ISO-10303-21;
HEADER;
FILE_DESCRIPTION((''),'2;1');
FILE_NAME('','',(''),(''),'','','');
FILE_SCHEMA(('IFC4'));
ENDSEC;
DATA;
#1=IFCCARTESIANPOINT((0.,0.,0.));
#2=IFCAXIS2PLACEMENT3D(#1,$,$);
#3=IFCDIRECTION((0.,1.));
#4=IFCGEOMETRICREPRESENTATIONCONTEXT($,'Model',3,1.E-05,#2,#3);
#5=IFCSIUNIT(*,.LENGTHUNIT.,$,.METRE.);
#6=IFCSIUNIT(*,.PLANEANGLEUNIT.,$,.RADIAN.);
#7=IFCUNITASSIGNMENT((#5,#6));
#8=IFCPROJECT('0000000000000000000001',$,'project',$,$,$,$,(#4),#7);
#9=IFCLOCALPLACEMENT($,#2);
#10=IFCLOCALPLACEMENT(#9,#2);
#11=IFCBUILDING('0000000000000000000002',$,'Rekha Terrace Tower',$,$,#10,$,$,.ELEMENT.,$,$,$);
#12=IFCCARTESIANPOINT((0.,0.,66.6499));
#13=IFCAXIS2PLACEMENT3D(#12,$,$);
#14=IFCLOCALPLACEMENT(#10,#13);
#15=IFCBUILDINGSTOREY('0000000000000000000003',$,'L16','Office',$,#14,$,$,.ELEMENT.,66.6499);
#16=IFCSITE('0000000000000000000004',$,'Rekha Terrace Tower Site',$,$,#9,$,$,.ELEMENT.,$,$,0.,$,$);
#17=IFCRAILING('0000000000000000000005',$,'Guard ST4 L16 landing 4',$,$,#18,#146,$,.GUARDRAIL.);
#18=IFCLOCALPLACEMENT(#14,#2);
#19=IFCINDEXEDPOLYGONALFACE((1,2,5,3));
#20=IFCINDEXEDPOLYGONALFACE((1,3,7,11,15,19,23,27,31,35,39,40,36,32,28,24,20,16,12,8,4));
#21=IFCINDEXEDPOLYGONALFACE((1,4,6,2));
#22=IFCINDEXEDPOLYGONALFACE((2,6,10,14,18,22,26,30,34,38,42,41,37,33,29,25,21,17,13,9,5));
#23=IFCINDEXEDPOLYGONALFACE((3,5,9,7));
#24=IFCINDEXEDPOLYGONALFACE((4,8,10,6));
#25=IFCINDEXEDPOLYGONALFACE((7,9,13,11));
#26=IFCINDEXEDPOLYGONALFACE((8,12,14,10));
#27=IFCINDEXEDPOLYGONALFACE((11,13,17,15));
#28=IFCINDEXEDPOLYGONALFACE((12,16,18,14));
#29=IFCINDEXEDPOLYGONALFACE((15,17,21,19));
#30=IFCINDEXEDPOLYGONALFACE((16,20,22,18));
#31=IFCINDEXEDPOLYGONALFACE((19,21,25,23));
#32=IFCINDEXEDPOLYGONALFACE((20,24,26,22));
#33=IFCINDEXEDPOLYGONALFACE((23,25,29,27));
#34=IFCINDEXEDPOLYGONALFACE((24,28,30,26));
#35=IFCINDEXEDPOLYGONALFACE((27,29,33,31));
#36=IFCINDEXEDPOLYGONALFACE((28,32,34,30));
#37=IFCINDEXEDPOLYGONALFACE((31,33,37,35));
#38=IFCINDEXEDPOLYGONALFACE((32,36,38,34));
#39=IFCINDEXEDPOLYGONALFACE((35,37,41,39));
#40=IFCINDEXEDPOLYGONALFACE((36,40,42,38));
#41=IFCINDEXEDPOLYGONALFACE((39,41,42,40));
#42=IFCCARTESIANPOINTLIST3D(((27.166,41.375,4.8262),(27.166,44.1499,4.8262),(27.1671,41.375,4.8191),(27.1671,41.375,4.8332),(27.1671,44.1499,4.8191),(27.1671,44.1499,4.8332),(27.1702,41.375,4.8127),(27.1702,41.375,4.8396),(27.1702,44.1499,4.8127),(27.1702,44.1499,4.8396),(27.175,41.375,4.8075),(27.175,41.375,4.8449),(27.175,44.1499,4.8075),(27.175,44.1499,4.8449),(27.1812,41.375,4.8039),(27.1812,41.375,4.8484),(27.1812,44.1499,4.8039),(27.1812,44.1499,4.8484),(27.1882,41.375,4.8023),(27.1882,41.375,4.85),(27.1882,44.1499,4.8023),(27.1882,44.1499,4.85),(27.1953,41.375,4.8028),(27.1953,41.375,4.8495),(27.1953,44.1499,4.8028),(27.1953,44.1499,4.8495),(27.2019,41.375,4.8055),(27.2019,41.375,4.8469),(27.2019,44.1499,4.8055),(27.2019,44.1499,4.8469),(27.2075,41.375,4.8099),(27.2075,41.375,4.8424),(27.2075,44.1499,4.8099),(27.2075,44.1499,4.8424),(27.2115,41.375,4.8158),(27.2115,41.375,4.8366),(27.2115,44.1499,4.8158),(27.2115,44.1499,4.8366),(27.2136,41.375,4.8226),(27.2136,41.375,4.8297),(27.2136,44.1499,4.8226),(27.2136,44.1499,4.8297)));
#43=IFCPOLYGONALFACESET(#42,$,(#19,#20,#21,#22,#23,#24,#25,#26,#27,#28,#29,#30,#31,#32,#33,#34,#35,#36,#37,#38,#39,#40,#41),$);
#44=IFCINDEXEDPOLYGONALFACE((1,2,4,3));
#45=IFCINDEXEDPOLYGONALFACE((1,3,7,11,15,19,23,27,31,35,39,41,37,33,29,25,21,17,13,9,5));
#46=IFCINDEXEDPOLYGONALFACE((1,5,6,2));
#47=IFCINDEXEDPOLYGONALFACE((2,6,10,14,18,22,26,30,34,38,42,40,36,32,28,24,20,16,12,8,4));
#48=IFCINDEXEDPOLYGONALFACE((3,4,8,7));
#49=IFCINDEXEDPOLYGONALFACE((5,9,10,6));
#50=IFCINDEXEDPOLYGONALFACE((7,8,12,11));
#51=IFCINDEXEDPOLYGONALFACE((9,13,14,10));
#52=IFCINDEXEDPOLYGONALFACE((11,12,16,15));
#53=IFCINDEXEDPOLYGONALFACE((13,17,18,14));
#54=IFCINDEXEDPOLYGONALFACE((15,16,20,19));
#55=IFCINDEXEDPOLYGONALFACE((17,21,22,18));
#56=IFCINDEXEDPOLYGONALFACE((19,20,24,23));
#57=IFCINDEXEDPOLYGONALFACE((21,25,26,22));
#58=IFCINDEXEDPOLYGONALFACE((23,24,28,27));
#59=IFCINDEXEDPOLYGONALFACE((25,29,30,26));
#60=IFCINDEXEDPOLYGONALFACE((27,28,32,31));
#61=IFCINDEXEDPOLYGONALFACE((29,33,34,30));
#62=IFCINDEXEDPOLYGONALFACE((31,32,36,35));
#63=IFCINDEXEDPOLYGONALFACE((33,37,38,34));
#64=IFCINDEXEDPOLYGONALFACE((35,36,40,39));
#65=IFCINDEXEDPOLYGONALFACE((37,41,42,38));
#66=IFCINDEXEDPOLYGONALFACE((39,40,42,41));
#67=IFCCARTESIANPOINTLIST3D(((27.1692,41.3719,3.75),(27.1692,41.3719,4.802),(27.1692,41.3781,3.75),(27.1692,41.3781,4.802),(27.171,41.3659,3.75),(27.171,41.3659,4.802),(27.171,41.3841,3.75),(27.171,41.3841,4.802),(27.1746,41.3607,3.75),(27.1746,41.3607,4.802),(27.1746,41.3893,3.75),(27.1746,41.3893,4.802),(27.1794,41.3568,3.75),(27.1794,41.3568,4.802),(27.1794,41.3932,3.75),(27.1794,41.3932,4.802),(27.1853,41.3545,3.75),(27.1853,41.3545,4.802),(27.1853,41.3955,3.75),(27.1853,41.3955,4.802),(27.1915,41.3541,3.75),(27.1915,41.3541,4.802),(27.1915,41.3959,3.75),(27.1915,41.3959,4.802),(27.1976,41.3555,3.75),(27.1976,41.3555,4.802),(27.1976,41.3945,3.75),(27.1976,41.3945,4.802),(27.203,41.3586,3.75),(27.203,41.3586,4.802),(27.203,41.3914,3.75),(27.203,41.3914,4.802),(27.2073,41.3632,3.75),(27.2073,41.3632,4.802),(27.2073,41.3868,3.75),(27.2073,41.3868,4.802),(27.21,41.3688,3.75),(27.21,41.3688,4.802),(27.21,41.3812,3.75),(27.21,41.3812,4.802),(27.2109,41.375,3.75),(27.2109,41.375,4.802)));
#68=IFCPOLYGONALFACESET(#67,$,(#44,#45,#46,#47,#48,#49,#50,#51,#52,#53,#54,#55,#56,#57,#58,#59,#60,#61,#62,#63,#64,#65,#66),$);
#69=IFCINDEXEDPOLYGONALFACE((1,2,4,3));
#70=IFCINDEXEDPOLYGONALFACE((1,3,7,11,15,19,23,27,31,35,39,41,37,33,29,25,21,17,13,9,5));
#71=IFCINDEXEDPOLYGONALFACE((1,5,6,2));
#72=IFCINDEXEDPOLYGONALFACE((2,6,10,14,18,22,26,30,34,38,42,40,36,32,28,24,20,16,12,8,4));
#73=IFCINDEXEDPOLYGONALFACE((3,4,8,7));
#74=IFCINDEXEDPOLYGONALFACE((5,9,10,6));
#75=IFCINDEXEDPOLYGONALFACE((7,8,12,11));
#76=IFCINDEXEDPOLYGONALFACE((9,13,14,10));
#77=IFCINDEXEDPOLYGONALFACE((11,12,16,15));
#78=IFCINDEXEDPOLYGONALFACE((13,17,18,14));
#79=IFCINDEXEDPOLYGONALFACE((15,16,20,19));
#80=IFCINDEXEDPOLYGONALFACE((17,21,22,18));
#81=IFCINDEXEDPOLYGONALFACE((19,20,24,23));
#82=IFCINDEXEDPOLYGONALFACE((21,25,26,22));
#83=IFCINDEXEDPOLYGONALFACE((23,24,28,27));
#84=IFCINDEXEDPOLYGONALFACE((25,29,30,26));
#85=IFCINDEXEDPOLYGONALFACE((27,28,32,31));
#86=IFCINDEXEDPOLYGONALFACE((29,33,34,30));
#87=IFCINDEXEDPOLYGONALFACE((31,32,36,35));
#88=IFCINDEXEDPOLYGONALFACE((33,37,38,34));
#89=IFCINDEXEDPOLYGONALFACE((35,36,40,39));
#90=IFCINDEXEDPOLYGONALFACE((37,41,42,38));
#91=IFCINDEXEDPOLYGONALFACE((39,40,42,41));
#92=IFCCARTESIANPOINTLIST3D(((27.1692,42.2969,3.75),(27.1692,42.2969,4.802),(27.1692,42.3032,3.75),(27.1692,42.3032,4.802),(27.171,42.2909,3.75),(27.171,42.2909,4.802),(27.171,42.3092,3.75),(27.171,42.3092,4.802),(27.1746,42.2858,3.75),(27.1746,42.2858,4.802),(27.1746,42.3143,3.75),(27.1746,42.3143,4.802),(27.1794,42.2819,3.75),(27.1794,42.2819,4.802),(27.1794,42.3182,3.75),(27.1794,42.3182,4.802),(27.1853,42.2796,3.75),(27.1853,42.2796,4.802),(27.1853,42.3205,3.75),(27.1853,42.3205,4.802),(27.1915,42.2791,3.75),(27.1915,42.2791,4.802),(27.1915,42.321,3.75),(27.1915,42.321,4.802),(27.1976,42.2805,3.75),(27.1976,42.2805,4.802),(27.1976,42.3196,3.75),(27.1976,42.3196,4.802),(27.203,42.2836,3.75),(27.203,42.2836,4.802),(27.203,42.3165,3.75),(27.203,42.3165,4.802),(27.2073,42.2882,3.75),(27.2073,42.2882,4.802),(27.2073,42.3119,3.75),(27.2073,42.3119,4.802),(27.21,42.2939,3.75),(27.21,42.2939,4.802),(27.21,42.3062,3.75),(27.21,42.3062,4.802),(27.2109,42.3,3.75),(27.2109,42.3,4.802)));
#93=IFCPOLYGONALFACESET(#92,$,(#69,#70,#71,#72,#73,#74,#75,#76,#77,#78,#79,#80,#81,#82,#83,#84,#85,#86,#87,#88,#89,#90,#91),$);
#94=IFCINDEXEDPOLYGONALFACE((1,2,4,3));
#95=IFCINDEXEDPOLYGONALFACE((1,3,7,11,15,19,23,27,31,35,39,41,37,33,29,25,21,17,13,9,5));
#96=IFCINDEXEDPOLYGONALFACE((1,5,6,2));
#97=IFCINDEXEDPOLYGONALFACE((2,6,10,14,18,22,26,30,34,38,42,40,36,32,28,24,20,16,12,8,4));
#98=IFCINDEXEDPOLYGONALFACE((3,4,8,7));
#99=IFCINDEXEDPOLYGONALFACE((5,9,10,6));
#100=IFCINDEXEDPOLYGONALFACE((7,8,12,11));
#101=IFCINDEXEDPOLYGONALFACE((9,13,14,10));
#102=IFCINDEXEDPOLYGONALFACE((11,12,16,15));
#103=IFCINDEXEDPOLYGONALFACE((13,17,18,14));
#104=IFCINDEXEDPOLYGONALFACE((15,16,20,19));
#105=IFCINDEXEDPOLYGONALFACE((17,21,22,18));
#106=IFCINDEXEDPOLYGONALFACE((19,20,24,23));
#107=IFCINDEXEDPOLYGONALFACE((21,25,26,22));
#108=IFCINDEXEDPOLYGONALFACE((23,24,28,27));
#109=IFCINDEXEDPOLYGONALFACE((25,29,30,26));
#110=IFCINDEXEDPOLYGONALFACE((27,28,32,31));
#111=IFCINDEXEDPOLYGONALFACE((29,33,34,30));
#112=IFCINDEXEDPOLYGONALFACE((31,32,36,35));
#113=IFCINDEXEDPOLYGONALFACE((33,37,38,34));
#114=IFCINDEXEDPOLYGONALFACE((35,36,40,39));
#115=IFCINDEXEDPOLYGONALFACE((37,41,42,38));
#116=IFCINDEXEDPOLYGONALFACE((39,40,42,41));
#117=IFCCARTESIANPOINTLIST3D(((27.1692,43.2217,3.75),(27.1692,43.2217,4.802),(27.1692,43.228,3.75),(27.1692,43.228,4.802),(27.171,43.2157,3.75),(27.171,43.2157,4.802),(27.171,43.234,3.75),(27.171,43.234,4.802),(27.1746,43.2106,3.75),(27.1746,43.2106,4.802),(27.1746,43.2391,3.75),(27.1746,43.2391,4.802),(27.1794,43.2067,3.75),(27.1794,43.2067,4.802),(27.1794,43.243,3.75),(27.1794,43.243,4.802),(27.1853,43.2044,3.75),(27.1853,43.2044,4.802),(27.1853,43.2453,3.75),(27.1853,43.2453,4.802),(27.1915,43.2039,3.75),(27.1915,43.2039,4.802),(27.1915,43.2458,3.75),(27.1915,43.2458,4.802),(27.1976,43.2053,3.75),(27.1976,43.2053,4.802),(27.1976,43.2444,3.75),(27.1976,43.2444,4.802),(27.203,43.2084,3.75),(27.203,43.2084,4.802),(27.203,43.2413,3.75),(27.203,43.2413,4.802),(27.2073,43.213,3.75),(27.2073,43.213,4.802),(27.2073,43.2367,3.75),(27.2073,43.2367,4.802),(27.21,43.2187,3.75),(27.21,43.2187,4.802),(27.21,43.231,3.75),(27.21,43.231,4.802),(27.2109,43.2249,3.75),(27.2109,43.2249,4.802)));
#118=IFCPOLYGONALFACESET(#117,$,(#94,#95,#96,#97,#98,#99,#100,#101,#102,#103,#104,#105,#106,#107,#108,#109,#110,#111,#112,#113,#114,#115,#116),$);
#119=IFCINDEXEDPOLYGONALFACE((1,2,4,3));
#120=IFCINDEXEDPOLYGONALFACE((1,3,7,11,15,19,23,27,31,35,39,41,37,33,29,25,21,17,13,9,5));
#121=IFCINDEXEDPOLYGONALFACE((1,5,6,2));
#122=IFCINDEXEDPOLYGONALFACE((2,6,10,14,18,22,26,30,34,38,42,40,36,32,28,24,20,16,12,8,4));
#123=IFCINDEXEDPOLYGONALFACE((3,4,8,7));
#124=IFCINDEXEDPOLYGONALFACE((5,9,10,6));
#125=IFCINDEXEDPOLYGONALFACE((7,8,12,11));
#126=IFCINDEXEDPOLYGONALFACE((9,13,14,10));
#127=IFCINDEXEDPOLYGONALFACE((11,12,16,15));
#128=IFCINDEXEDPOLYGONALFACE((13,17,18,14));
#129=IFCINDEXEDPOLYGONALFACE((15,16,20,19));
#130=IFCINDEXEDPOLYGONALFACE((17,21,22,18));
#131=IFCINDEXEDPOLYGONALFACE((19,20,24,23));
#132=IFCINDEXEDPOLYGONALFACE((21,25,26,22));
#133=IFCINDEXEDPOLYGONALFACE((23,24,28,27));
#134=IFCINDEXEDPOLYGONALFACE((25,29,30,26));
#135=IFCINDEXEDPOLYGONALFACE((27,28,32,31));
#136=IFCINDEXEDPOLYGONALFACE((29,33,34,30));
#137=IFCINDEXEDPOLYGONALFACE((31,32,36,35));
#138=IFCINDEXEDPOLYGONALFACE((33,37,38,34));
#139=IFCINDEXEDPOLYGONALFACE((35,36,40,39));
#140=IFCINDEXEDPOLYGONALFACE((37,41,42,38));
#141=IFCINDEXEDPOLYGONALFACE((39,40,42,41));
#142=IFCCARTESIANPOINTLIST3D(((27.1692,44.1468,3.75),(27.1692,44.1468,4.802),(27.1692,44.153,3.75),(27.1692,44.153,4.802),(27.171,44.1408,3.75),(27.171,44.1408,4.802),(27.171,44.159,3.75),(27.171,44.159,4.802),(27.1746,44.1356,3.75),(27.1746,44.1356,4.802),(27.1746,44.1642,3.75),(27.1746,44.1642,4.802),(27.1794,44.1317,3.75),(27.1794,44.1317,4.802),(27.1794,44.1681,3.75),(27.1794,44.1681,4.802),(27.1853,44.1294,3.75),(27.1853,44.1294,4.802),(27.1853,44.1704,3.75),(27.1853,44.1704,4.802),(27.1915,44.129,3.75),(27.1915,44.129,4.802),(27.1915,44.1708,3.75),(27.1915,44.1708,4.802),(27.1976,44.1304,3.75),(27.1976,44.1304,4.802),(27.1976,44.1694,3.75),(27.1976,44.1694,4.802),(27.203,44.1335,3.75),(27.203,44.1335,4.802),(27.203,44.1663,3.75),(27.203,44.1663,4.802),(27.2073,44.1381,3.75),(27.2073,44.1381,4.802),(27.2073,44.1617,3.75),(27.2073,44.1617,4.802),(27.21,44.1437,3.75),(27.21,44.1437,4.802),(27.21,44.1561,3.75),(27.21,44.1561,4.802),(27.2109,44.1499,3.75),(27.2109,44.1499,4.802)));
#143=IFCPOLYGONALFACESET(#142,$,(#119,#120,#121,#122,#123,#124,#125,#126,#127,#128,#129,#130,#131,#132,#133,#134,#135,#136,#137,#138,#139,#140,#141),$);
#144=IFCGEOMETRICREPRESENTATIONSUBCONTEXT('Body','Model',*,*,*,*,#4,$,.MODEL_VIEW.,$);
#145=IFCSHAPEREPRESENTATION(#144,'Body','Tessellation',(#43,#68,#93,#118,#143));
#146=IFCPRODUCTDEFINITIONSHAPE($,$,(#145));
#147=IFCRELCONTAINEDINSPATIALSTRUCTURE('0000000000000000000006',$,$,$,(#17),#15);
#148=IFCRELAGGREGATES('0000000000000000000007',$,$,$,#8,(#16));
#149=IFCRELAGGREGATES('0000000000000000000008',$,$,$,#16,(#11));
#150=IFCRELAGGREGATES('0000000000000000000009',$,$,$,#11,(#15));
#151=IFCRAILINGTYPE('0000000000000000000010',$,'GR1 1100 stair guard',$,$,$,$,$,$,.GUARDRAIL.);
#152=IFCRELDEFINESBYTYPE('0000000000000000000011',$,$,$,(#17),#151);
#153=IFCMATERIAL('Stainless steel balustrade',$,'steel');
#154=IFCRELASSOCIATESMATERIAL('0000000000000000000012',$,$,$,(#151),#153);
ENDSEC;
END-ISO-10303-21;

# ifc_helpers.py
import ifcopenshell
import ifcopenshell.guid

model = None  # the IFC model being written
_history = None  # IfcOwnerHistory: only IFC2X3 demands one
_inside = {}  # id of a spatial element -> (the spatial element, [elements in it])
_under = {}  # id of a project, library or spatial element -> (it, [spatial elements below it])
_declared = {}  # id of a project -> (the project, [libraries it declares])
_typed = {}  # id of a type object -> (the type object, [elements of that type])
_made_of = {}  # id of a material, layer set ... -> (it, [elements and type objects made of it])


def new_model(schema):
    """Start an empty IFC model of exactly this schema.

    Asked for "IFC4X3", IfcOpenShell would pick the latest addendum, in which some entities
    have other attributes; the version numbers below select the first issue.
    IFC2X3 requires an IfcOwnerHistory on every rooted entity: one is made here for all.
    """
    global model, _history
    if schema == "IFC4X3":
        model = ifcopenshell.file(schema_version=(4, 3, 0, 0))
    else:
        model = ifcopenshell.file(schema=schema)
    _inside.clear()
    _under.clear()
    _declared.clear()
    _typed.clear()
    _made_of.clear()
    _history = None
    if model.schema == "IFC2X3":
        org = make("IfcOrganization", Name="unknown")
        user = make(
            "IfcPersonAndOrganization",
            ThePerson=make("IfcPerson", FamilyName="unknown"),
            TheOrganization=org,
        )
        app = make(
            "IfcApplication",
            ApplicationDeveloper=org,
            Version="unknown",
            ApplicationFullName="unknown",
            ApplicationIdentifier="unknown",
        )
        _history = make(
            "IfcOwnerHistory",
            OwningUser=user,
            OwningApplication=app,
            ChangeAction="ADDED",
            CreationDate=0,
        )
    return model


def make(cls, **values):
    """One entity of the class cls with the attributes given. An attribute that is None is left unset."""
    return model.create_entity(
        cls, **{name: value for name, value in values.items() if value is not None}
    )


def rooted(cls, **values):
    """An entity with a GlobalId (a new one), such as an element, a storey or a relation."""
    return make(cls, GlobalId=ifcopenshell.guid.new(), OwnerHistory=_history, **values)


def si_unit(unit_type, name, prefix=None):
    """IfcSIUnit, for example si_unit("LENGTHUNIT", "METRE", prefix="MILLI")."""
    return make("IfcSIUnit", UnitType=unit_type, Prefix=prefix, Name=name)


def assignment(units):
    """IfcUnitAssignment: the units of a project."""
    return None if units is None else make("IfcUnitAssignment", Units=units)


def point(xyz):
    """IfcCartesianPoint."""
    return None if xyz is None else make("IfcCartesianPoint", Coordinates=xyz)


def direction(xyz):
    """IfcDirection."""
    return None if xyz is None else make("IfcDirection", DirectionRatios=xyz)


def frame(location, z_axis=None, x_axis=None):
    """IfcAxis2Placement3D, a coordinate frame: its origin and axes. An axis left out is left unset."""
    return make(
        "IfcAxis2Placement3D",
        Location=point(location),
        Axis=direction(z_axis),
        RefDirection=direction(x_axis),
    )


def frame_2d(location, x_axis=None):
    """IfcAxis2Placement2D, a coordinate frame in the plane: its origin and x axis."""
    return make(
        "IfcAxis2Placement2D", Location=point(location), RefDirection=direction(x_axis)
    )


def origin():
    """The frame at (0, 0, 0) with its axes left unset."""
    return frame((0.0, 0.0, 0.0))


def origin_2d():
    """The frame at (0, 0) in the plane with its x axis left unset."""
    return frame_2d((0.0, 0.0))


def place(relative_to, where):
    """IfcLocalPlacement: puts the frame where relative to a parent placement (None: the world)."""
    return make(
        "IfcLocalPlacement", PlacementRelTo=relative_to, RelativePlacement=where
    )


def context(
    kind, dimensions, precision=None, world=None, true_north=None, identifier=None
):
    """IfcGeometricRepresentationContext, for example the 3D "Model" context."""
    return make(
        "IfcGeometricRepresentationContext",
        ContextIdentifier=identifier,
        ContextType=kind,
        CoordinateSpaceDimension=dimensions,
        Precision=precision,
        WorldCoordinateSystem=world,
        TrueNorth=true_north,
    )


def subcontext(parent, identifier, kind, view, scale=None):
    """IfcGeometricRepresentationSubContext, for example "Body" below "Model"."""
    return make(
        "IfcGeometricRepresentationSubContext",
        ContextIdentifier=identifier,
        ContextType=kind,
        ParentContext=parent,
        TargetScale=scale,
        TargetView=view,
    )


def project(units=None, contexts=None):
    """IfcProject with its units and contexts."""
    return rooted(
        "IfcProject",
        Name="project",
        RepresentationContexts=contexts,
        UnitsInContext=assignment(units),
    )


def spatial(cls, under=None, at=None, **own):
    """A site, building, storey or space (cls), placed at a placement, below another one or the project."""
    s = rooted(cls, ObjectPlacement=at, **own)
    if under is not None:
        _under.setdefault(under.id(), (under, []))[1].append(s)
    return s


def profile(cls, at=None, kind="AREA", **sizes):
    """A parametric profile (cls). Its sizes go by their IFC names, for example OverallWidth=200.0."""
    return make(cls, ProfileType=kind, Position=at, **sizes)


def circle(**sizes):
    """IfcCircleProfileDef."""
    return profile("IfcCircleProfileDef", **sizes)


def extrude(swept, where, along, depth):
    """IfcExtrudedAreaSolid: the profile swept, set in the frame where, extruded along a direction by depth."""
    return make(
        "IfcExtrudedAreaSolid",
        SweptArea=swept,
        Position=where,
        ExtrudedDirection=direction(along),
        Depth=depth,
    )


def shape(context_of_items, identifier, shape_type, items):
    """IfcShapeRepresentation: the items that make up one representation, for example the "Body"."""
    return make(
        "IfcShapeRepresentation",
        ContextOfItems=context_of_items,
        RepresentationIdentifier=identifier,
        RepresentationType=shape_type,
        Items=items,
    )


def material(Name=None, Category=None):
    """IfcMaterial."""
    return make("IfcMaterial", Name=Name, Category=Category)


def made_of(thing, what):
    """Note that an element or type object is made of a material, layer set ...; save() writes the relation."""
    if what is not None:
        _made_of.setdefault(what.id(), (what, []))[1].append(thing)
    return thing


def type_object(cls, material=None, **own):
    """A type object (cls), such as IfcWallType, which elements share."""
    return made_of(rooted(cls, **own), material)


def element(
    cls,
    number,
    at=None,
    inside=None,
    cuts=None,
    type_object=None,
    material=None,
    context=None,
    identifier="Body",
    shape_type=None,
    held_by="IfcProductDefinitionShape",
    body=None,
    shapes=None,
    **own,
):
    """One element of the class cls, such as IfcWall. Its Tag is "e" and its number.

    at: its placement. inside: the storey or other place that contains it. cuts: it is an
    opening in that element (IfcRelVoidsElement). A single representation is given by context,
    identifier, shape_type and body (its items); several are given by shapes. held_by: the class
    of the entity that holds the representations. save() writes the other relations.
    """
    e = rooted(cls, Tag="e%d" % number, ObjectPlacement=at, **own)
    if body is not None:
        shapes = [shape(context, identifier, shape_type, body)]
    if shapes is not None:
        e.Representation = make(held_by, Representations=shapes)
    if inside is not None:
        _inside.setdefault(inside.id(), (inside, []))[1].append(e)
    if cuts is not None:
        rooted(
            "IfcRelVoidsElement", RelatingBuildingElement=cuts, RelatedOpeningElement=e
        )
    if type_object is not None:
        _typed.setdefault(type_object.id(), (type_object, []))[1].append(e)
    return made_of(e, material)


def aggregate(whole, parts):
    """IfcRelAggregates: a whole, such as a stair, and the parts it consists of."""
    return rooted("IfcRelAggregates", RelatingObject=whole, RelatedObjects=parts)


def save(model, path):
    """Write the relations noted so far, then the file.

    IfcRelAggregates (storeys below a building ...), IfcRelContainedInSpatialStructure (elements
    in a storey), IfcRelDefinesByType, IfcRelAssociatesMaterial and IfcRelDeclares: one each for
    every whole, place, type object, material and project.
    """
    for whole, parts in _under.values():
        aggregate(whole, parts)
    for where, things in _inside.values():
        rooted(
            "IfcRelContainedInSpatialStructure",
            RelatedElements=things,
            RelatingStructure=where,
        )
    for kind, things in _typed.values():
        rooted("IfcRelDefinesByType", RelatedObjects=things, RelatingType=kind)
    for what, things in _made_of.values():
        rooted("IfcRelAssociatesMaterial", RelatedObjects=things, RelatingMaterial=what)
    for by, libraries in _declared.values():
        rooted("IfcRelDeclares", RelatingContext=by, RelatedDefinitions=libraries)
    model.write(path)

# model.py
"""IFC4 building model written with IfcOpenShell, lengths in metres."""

from ifc_helpers import new_model, si_unit, direction, frame, origin, origin_2d, place, context, subcontext, project, spatial, circle, extrude, material, type_object, element, save


model = new_model("IFC4")

# Units and contexts
model_context = context("Model", 3, precision=1e-05, world=origin(), true_north=direction((0.0, 1.0)))
body_context = subcontext(model_context, "Body", "Model", "MODEL_VIEW")
ifc_project = project(units=[si_unit("LENGTHUNIT", "METRE"), si_unit("PLANEANGLEUNIT", "RADIAN")], contexts=[model_context])

# Site, building, storey
site_placement = place(None, origin())
site = spatial("IfcSite", under=ifc_project, at=site_placement, Name="Rekha Terrace Tower Site", CompositionType="ELEMENT", RefElevation=0.0)
building_placement = place(site_placement, origin())
building = spatial("IfcBuilding", under=site, at=building_placement, Name="Rekha Terrace Tower", CompositionType="ELEMENT")
storey_placement = place(building_placement, frame((0.0, 0.0, 66.6499)))
storey = spatial("IfcBuildingStorey", under=building, at=storey_placement, Name="L16", Description="Office", CompositionType="ELEMENT", Elevation=66.6499)

# Railing
ifc_material_1 = material(Name="Stainless steel balustrade", Category="steel")
railing_type_1 = type_object("IfcRailingType", Name="GR1 1100 stair guard", PredefinedType="GUARDRAIL", material=ifc_material_1)
railing_1_placement = place(storey_placement, frame((27.1899, 41.375, 3.75)))
element("IfcRailing", 1, at=railing_1_placement, inside=storey, type_object=railing_type_1, Name="Guard ST4 L16 landing 4", PredefinedType="GUARDRAIL", context=body_context, shape_type="SweptSolid", body=[
    extrude(circle(Radius=0.0239, at=origin_2d()), frame((0.0, 0.0, 1.0762), z_axis=(0.0, 1.0, 0.0), x_axis=(-1.0, 0.0, 0.0)), (0.0, 0.0, 1.0), 2.7749),
    extrude(circle(Radius=0.021, at=origin_2d()), origin(), (0.0, 0.0, 1.0), 1.052),
    extrude(circle(Radius=0.021, at=origin_2d()), frame((0.0, 0.925, 0.0)), (0.0, 0.0, 1.0), 1.052),
    extrude(circle(Radius=0.021, at=origin_2d()), frame((0.0, 1.8499, 0.0)), (0.0, 0.0, 1.0), 1.052),
    extrude(circle(Radius=0.021, at=origin_2d()), frame((0.0, 2.7749, 0.0)), (0.0, 0.0, 1.0), 1.052),
])

save(model, "model.ifc")
